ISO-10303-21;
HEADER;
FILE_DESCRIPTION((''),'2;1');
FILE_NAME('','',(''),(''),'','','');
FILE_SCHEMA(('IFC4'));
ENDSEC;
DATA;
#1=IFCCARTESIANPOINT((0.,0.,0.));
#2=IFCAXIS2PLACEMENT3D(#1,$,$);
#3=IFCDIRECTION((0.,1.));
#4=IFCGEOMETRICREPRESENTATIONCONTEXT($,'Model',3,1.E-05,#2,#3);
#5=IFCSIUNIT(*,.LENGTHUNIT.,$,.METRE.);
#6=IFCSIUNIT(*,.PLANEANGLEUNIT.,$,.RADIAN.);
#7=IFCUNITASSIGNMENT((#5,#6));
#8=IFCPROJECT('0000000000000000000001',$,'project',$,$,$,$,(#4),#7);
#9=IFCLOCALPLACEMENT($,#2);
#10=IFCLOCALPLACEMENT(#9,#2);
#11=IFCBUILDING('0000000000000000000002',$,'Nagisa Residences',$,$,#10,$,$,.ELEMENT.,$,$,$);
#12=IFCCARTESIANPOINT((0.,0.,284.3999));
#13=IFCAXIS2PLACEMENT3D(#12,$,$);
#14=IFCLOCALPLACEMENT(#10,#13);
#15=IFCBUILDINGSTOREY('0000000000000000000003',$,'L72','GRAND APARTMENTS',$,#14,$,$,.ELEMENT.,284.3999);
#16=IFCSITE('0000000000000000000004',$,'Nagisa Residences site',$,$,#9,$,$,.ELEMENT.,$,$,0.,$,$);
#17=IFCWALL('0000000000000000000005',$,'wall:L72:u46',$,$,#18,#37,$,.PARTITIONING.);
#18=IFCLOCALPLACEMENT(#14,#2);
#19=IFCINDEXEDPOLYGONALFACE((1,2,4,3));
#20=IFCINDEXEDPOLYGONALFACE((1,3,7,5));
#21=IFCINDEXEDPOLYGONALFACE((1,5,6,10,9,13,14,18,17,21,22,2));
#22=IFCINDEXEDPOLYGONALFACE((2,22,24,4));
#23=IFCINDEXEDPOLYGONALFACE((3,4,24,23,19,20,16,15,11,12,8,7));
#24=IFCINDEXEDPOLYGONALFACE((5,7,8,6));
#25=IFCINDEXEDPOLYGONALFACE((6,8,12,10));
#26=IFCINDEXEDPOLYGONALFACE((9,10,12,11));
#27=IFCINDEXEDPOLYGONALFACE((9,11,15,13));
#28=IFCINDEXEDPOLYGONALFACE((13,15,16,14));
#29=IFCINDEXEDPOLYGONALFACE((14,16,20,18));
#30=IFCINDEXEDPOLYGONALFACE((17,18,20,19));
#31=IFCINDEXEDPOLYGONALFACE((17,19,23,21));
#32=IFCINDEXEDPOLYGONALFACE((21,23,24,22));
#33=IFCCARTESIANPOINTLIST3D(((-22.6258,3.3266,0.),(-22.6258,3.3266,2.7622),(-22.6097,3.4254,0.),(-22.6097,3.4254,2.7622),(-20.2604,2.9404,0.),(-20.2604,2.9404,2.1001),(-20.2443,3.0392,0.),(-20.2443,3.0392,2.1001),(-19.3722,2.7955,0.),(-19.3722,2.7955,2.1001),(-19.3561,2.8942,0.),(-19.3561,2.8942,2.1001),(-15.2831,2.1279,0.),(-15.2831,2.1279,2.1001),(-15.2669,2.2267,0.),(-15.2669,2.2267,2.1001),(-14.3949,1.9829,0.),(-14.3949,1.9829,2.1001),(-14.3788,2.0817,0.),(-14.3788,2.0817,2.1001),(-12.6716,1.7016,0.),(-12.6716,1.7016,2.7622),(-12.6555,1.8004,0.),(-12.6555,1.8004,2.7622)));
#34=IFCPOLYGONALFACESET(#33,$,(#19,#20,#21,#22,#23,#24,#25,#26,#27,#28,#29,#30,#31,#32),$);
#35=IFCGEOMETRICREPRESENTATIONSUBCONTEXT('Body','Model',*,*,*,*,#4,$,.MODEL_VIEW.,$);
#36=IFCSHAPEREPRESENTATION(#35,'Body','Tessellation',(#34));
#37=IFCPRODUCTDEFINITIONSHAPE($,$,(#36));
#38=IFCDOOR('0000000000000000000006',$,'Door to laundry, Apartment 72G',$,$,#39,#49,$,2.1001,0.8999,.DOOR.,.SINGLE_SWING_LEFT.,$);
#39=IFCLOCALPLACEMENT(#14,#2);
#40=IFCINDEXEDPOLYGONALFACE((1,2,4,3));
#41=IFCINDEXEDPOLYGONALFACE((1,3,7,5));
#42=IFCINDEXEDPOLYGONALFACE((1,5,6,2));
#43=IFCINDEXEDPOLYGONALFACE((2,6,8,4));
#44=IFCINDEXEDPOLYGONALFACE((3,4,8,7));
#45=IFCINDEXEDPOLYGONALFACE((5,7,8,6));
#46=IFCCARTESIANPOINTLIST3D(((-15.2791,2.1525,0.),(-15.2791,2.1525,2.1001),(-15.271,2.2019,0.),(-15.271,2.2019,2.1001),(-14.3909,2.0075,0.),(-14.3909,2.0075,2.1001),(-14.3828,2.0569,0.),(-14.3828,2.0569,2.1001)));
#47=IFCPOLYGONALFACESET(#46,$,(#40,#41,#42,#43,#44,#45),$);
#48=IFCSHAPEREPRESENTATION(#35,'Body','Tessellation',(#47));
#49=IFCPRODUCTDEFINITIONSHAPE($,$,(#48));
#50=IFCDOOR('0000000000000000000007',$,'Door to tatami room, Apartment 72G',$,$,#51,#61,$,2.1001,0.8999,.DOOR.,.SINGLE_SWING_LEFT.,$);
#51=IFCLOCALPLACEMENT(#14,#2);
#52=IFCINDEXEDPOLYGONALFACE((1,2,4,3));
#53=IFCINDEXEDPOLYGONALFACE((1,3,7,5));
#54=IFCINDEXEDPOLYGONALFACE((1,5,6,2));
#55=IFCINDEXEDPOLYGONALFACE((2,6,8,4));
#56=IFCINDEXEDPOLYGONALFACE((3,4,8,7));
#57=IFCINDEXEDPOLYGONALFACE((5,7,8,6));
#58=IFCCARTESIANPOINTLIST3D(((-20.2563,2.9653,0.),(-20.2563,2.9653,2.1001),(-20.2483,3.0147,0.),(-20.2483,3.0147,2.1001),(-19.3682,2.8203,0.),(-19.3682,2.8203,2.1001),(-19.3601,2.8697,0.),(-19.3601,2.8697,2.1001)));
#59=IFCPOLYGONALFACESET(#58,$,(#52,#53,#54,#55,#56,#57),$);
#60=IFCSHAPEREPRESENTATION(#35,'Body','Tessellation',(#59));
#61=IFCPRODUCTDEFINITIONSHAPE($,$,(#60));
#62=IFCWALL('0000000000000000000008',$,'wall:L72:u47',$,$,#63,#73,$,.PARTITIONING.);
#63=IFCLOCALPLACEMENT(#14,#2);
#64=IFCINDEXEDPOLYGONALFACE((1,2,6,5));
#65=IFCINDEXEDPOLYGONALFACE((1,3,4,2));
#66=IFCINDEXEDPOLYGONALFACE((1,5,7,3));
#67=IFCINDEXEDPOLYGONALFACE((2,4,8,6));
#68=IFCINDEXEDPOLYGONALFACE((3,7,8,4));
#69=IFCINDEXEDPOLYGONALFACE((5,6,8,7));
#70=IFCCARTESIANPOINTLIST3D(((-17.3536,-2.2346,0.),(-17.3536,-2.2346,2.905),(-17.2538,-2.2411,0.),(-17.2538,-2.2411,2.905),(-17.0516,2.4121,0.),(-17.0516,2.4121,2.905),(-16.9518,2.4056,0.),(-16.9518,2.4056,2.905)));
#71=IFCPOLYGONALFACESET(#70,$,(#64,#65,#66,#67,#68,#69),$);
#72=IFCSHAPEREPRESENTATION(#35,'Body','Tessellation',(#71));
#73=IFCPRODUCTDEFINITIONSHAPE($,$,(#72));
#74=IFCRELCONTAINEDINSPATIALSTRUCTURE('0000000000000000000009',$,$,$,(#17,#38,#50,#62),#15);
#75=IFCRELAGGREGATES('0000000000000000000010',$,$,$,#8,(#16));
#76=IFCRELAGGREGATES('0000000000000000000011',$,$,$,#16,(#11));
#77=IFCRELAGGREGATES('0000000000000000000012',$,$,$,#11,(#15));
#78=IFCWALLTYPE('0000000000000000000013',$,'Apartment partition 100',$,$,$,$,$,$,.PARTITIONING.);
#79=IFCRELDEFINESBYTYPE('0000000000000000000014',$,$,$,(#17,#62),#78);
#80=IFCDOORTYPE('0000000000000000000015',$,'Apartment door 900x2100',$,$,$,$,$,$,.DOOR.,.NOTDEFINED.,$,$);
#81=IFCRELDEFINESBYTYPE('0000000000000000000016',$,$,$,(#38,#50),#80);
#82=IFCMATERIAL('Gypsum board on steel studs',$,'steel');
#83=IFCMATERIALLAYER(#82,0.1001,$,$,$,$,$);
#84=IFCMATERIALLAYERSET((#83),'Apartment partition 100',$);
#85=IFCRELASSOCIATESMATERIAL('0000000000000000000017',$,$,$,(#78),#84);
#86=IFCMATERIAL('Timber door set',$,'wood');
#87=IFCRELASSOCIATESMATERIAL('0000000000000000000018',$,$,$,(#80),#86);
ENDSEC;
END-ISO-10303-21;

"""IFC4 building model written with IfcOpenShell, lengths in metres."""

from ifc_helpers import new_model, si_unit, direction, frame, frame_2d, origin, place, context, subcontext, project, spatial, rectangle, extrude, material, layer, layer_set, type_object, element, fill, save


model = new_model("IFC4")

# Units and contexts
model_context = context("Model", 3, precision=1e-05, world=origin(), true_north=direction((0.0, 1.0)))
body_context = subcontext(model_context, "Body", "Model", "MODEL_VIEW")
ifc_project = project(units=[si_unit("LENGTHUNIT", "METRE"), si_unit("PLANEANGLEUNIT", "RADIAN")], contexts=[model_context])

# Site, building, storey
site_placement = place(None, origin())
site = spatial("IfcSite", under=ifc_project, at=site_placement, Name="Nagisa Residences site", CompositionType="ELEMENT", RefElevation=0.0)
building_placement = place(site_placement, origin())
building = spatial("IfcBuilding", under=site, at=building_placement, Name="Nagisa Residences", CompositionType="ELEMENT")
storey_placement = place(building_placement, frame((0.0, 0.0, 284.3999)))
storey = spatial("IfcBuildingStorey", under=building, at=storey_placement, Name="L72", Description="GRAND APARTMENTS", CompositionType="ELEMENT", Elevation=284.3999)

# Shared definitions
ifc_material_1 = material(Name="Gypsum board on steel studs", Category="steel")
ifc_layer_1 = layer(ifc_material_1, 0.1001)
ifc_layer_set_1 = layer_set([ifc_layer_1], Name="Apartment partition 100")
wall_type_1 = type_object("IfcWallType", Name="Apartment partition 100", PredefinedType="PARTITIONING", material=ifc_layer_set_1)

# Shared definitions
ifc_material_2 = material(Name="Timber door set", Category="wood")
door_type_1 = type_object("IfcDoorType", Name="Apartment door 900x2100", OperationType="NOTDEFINED", PredefinedType="DOOR", material=ifc_material_2)

# Wall, openings, doors
wall_1_placement = place(storey_placement, frame((-12.6636, 1.751, 0.0), z_axis=(0.0, 0.0, 1.0), x_axis=(-0.986935, 0.161117, 0.0)))
wall_1 = element("IfcWall", 1, at=wall_1_placement, inside=storey, type_object=wall_type_1, Name="wall:L72:u46", PredefinedType="PARTITIONING", context=body_context, shape_type="SweptSolid", body=[
    extrude(rectangle(XDim=10.0859, YDim=0.1001, at=frame_2d((5.043, 0.0))), origin(), (0.0, 0.0, 1.0), 2.7622),
])
opening_1_placement = place(wall_1_placement, frame((1.7461, 0.0, 0.0)))
opening_1 = element("IfcOpeningElement", 2, at=opening_1_placement, cuts=wall_1, PredefinedType="OPENING", context=body_context, shape_type="SweptSolid", body=[
    extrude(rectangle(XDim=0.8999, YDim=2.1001, at=frame_2d((0.45, 1.05))), frame((0.0, 0.0601, 0.0), z_axis=(0.0, -1.0, 0.0), x_axis=(1.0, 0.0, 0.0)), (0.0, 0.0, 1.0), 0.1201),
])
opening_2_placement = place(wall_1_placement, frame((6.7893, 0.0, 0.0)))
opening_2 = element("IfcOpeningElement", 3, at=opening_2_placement, cuts=wall_1, PredefinedType="OPENING", context=body_context, shape_type="SweptSolid", body=[
    extrude(rectangle(XDim=0.8999, YDim=2.1001, at=frame_2d((0.45, 1.05))), frame((0.0, 0.0601, 0.0), z_axis=(0.0, -1.0, 0.0), x_axis=(1.0, 0.0, 0.0)), (0.0, 0.0, 1.0), 0.1201),
])
door_1_placement = place(opening_1_placement, frame((0.8999, 0.0, 0.0), x_axis=(-1.0, 0.0, 0.0)))
door_1 = element("IfcDoor", 4, at=door_1_placement, inside=storey, type_object=door_type_1, Name="Door to laundry, Apartment 72G", OperationType="SINGLE_SWING_LEFT", OverallHeight=2.1001, OverallWidth=0.8999, PredefinedType="DOOR", context=body_context, shape_type="SweptSolid", body=[
    extrude(rectangle(XDim=0.8999, YDim=2.1001, at=frame_2d((0.45, 1.05))), frame((0.0, 0.0249, 0.0), z_axis=(0.0, -1.0, 0.0), x_axis=(1.0, 0.0, 0.0)), (0.0, 0.0, 1.0), 0.05),
])
fill(opening_1, door_1)
door_2_placement = place(opening_2_placement, origin())
door_2 = element("IfcDoor", 5, at=door_2_placement, inside=storey, type_object=door_type_1, Name="Door to tatami room, Apartment 72G", OperationType="SINGLE_SWING_LEFT", OverallHeight=2.1001, OverallWidth=0.8999, PredefinedType="DOOR", context=body_context, shape_type="SweptSolid", body=[
    extrude(rectangle(XDim=0.8999, YDim=2.1001, at=frame_2d((0.45, 1.05))), frame((0.0, 0.0249, 0.0), z_axis=(0.0, -1.0, 0.0), x_axis=(1.0, 0.0, 0.0)), (0.0, 0.0, 1.0), 0.05),
])
fill(opening_2, door_2)

# Wall
wall_2_placement = place(storey_placement, frame((-17.0017, 2.4087, 0.0), z_axis=(0.0, 0.0, 1.0), x_axis=(-0.064856, -0.997895, 0.0)))
element("IfcWall", 6, at=wall_2_placement, inside=storey, type_object=wall_type_1, Name="wall:L72:u47", PredefinedType="PARTITIONING", context=body_context, shape_type="SweptSolid", body=[
    extrude(rectangle(XDim=4.6565, YDim=0.1001, at=frame_2d((2.3281, 0.0))), origin(), (0.0, 0.0, 1.0), 2.905),
])

save(model, "model.ifc")
